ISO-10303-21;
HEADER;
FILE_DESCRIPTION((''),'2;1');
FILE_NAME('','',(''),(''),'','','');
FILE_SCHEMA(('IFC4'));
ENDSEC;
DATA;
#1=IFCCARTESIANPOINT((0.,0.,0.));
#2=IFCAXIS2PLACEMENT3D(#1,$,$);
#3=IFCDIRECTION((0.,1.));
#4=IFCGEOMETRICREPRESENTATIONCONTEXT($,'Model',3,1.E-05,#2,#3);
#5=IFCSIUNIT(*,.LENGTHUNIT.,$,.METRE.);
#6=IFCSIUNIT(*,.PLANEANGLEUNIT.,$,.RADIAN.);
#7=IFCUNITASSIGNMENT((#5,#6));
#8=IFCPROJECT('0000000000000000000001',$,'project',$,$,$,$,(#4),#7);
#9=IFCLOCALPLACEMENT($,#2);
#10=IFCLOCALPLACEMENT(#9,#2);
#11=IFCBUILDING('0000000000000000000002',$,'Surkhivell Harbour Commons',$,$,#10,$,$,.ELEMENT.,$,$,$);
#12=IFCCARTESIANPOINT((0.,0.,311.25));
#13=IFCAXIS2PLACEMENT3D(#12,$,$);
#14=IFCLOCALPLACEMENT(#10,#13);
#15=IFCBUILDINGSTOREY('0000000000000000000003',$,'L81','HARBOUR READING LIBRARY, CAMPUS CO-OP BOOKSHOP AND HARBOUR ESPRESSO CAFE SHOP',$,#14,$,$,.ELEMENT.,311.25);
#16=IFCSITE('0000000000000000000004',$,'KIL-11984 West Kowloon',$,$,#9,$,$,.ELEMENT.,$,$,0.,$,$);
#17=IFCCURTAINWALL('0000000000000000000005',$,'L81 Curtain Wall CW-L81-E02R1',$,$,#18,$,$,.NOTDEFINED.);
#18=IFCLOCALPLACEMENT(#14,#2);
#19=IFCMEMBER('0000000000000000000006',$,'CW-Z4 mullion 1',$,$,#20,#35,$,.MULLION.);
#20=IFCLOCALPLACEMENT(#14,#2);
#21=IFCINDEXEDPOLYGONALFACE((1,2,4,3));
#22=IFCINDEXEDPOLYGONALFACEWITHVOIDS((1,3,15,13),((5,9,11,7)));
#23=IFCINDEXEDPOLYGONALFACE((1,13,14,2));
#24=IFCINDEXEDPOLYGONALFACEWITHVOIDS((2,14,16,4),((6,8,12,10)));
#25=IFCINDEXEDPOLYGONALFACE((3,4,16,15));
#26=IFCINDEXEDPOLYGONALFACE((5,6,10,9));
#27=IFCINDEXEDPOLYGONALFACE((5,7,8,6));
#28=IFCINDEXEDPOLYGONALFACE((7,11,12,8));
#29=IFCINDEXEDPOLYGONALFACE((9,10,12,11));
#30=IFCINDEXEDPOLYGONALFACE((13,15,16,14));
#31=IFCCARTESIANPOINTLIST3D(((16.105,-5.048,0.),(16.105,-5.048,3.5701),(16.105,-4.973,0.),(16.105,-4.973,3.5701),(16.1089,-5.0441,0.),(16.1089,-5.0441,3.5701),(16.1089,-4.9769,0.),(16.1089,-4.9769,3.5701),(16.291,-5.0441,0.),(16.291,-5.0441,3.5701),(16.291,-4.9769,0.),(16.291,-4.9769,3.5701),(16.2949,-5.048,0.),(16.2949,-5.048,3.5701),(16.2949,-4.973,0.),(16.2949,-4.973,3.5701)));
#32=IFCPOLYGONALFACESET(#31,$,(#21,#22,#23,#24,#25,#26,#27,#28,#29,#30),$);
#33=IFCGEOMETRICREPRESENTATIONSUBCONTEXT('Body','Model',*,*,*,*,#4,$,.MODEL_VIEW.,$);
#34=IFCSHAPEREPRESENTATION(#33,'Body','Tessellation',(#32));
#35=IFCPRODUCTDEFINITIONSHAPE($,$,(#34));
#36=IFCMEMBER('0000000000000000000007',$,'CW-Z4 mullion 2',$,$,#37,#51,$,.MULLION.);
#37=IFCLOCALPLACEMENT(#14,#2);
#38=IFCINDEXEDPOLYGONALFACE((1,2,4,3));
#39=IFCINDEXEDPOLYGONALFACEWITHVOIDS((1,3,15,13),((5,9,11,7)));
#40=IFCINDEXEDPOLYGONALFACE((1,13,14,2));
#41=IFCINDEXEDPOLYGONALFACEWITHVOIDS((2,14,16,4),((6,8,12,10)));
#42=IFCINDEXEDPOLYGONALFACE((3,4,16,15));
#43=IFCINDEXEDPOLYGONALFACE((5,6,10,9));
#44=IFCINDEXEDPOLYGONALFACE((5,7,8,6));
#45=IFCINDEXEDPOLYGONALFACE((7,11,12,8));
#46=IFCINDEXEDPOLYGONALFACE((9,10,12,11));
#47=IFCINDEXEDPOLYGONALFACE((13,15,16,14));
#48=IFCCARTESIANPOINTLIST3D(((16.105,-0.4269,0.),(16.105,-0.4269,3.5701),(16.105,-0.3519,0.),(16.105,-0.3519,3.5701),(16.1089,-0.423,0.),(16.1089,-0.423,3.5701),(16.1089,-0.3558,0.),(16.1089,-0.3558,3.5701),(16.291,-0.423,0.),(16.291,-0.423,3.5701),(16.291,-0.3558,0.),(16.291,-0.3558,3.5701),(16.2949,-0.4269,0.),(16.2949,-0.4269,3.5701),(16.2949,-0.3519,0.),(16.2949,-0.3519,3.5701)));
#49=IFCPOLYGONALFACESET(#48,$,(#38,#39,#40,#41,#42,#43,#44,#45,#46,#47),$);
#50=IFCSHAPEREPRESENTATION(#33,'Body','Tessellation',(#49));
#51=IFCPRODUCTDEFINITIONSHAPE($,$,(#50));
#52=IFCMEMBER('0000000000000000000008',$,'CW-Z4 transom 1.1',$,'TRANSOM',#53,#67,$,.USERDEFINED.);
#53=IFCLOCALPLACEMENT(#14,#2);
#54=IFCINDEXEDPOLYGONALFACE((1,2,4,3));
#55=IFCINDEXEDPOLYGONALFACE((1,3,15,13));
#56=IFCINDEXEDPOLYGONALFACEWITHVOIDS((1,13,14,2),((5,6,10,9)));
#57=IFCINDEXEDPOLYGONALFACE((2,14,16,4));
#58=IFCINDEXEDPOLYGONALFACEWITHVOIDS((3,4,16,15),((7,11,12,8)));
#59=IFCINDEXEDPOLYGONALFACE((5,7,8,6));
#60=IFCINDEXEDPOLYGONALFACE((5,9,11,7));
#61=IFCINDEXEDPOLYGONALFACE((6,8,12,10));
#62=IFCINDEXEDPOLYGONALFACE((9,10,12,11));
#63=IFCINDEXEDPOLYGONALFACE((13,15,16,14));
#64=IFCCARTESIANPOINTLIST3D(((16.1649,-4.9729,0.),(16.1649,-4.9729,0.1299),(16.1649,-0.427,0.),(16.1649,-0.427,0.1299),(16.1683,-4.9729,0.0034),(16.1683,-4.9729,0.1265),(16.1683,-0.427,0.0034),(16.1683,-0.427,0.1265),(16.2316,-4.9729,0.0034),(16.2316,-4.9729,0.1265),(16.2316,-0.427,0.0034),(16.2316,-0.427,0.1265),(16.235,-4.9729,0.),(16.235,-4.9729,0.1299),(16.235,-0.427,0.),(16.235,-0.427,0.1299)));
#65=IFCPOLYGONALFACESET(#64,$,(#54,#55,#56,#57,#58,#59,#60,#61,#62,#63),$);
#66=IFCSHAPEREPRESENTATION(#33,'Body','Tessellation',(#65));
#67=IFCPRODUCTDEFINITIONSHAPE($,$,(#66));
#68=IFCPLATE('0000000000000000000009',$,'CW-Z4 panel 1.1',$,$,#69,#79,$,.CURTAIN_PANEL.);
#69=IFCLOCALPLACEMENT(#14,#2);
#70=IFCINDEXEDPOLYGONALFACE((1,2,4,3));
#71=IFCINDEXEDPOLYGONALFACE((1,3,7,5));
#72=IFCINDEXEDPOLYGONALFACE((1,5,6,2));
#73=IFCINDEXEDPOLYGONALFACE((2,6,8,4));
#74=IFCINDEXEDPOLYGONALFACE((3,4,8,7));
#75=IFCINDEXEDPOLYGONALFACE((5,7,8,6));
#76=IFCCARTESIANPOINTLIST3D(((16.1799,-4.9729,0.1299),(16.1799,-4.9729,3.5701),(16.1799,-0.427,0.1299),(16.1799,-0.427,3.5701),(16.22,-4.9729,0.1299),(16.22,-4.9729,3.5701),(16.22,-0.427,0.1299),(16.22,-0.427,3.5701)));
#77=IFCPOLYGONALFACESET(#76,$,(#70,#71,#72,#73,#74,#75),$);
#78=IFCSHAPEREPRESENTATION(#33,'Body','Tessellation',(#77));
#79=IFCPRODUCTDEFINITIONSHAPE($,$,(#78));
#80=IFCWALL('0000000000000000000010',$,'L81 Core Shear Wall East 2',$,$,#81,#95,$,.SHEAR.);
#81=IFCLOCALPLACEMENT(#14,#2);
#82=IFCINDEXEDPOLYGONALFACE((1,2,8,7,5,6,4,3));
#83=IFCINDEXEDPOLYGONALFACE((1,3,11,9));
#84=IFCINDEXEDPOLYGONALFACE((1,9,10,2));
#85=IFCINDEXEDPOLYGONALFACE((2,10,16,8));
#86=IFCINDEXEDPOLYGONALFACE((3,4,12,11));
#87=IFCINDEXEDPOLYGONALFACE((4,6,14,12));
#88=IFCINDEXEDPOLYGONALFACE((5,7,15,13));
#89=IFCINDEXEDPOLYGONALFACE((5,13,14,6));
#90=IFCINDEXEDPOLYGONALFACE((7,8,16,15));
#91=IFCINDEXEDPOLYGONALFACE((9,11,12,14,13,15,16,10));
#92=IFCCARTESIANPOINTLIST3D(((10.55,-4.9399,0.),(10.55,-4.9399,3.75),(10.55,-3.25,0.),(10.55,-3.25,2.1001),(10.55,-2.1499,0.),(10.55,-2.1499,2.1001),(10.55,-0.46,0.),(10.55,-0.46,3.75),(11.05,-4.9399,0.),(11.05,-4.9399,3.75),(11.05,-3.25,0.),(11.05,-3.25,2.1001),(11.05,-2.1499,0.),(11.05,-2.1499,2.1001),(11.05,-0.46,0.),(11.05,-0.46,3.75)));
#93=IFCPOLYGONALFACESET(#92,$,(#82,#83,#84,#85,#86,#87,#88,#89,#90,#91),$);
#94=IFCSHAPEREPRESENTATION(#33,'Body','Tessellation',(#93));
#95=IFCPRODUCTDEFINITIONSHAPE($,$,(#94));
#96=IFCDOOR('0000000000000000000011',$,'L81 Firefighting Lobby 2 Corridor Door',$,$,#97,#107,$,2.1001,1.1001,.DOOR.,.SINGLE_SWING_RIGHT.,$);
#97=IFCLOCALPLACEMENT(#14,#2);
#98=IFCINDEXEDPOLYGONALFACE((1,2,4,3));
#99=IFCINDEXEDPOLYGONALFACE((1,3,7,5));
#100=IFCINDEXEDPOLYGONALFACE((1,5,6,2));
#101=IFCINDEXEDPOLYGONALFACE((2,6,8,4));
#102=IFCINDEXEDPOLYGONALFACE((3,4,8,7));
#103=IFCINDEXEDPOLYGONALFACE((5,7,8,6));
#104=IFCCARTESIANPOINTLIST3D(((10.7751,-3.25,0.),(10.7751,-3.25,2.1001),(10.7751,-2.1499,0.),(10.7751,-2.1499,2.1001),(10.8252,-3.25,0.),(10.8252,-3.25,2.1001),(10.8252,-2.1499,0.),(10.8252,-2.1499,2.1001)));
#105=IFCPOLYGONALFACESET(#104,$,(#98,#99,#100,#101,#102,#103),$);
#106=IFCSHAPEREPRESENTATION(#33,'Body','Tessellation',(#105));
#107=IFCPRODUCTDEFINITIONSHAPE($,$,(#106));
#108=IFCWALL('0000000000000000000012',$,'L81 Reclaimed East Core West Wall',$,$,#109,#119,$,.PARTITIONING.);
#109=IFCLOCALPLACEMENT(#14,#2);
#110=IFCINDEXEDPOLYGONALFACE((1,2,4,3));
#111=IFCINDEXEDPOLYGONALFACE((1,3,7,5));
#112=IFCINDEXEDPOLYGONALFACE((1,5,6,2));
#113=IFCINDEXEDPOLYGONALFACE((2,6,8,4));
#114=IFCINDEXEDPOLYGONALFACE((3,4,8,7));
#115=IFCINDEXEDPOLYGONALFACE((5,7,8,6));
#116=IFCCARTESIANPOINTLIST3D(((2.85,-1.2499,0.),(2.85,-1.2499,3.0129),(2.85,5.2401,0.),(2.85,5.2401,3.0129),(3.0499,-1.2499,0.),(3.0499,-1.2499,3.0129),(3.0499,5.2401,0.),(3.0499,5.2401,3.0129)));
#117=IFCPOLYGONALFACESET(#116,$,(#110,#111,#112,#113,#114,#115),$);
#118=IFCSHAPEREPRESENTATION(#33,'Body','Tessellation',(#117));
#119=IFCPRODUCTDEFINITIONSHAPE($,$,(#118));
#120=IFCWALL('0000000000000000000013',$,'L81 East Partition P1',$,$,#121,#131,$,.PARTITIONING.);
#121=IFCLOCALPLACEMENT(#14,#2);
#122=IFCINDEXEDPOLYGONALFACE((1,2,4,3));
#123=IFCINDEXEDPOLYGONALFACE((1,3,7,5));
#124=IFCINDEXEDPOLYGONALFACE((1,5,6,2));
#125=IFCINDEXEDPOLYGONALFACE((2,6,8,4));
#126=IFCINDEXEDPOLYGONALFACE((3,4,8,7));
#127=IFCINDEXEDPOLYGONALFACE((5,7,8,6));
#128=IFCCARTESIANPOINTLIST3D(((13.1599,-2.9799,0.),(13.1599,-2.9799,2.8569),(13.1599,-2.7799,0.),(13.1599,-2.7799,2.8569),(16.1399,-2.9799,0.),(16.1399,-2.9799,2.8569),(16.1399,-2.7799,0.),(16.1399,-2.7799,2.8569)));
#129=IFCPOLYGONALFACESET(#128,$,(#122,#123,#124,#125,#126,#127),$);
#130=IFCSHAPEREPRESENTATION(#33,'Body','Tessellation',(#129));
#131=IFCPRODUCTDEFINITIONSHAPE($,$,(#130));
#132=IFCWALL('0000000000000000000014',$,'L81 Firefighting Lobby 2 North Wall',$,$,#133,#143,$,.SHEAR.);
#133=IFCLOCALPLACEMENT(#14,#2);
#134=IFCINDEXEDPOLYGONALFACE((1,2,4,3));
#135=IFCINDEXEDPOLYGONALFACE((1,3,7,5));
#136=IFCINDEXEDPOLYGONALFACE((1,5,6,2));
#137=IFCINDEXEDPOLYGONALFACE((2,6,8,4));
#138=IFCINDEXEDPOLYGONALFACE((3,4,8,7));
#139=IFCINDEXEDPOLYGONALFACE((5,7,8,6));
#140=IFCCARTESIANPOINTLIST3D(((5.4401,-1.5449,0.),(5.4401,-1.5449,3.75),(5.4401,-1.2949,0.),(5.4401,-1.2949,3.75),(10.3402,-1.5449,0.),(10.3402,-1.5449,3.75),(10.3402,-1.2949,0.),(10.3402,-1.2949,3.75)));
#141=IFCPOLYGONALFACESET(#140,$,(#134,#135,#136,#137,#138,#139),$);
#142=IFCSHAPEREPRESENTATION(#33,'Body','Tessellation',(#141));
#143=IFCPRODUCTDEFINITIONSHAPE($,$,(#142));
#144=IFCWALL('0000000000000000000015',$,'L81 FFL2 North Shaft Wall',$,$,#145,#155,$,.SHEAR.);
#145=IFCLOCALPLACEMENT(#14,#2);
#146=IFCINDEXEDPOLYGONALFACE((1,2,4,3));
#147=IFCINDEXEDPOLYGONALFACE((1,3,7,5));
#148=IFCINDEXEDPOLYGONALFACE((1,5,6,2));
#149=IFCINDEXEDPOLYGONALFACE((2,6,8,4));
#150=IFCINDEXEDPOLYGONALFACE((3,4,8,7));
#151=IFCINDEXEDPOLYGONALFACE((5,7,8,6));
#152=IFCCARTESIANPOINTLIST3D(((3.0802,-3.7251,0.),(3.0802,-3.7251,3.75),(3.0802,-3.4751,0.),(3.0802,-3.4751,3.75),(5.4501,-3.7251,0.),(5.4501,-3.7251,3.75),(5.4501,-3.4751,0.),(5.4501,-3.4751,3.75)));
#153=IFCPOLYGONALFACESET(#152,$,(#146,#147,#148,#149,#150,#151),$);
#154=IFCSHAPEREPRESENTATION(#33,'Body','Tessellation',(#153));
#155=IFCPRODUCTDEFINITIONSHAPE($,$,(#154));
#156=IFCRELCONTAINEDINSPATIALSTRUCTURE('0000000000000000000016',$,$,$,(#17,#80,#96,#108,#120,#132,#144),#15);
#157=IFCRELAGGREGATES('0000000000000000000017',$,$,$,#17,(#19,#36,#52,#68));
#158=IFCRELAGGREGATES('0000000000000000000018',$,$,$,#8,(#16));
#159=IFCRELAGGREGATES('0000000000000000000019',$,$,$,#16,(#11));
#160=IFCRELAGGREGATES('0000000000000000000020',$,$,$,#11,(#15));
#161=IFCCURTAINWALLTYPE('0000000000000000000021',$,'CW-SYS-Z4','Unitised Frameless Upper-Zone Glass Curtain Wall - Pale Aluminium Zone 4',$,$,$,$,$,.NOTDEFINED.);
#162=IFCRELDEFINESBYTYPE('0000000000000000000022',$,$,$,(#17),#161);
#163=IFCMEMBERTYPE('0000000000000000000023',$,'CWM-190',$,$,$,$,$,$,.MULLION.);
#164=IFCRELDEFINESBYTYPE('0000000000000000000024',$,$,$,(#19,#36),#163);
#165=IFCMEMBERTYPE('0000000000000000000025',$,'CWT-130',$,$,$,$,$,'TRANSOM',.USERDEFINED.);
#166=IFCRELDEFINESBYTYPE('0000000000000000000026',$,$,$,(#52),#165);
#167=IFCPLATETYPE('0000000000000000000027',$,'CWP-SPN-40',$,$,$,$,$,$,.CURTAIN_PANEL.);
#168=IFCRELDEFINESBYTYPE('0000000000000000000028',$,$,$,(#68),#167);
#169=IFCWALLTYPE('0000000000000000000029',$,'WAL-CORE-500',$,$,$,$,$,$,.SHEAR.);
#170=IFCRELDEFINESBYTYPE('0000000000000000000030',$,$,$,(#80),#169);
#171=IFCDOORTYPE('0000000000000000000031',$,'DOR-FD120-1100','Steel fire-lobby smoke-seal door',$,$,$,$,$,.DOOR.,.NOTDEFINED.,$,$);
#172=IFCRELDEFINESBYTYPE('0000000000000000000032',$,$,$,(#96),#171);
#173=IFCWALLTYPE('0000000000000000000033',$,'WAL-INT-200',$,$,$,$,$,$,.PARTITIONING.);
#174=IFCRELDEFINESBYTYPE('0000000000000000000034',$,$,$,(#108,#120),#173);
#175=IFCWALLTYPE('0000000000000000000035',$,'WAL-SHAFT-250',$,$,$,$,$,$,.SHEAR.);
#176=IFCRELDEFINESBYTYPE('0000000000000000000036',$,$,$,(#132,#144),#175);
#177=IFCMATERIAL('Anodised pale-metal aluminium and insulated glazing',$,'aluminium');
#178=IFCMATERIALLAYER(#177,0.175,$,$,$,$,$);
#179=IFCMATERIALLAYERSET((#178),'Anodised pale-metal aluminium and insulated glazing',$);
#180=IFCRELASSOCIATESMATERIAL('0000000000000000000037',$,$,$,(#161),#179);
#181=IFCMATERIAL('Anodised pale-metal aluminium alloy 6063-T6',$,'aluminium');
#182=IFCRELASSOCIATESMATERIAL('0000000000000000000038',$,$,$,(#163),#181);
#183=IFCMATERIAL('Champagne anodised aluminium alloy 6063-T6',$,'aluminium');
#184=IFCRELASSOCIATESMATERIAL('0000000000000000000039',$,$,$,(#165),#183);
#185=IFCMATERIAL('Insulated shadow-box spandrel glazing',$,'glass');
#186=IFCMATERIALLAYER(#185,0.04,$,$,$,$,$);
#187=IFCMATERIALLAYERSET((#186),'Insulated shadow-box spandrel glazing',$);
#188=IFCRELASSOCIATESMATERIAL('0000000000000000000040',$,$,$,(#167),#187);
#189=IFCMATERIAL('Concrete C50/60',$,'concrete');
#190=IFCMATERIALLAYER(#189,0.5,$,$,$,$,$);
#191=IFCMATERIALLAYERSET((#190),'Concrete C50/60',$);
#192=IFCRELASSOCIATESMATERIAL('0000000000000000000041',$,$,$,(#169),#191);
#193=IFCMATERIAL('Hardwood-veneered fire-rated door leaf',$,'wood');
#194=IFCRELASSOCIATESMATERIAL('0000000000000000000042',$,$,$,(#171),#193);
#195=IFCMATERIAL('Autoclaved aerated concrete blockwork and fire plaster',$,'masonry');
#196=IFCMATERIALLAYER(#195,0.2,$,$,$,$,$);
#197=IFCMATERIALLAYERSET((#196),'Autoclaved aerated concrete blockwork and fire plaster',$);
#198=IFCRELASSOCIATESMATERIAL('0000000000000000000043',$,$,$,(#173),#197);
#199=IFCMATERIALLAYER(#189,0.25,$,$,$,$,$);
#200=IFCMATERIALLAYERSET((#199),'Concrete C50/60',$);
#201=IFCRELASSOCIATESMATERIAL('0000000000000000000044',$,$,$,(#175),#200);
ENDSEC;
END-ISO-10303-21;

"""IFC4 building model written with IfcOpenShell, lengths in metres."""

from ifc_helpers import new_model, si_unit, direction, frame, frame_2d, origin, origin_2d, place, context, subcontext, project, spatial, rectangle, hollow_rectangle, extrude, material, layer, layer_set, material_profile, profile_set, type_object, element, fill, aggregate, save


model = new_model("IFC4")

# Units and contexts
model_context = context("Model", 3, precision=1e-05, world=origin(), true_north=direction((0.0, 1.0)))
body_context = subcontext(model_context, "Body", "Model", "MODEL_VIEW")
ifc_project = project(units=[si_unit("LENGTHUNIT", "METRE"), si_unit("PLANEANGLEUNIT", "RADIAN")], contexts=[model_context])

# Site, building, storey
site_placement = place(None, origin())
site = spatial("IfcSite", under=ifc_project, at=site_placement, Name="KIL-11984 West Kowloon", CompositionType="ELEMENT", RefElevation=0.0)
building_placement = place(site_placement, origin())
building = spatial("IfcBuilding", under=site, at=building_placement, Name="Surkhivell Harbour Commons", CompositionType="ELEMENT")
storey_placement = place(building_placement, frame((0.0, 0.0, 311.25)))
storey = spatial("IfcBuildingStorey", under=building, at=storey_placement, Name="L81", Description="HARBOUR READING LIBRARY, CAMPUS CO-OP BOOKSHOP AND HARBOUR ESPRESSO CAFE SHOP", CompositionType="ELEMENT", Elevation=311.25)

# Shared definitions
ifc_material_1 = material(Name="Concrete C50/60", Category="concrete")

# Shared definitions
ifc_material_2 = material(Name="Anodised pale-metal aluminium and insulated glazing", Category="aluminium")
ifc_layer_1 = layer(ifc_material_2, 0.175)
ifc_layer_set_1 = layer_set([ifc_layer_1], Name="Anodised pale-metal aluminium and insulated glazing")
curtain_wall_type = type_object("IfcCurtainWallType", Name="CW-SYS-Z4", Description="Unitised Frameless Upper-Zone Glass Curtain Wall - Pale Aluminium Zone 4", PredefinedType="NOTDEFINED", material=ifc_layer_set_1)
ifc_material_3 = material(Name="Anodised pale-metal aluminium alloy 6063-T6", Category="aluminium")
ifc_material_profile_1 = material_profile(ifc_material_3, hollow_rectangle(XDim=0.075, YDim=0.1899, WallThickness=0.0039, at=origin_2d()), Name="ALU-MULL-75x190")
ifc_profile_set_1 = profile_set([ifc_material_profile_1], Name="Anodised pale-metal aluminium alloy 6063-T6")
member_type_1 = type_object("IfcMemberType", Name="CWM-190", PredefinedType="MULLION", material=ifc_profile_set_1)

# Curtain wall, members, plate
curtain_wall_1_placement = place(storey_placement, origin())
curtain_wall_1 = element("IfcCurtainWall", 1, at=curtain_wall_1_placement, inside=storey, type_object=curtain_wall_type, Name="L81 Curtain Wall CW-L81-E02R1", PredefinedType="NOTDEFINED")
member_1_placement = place(storey_placement, frame((16.2, -5.0105, 0.0), z_axis=(0.0, 0.0, 1.0), x_axis=(0.0, 1.0, 0.0)))
member_1 = element("IfcMember", 2, at=member_1_placement, type_object=member_type_1, Name="CW-Z4 mullion 1", PredefinedType="MULLION", context=body_context, shape_type="SweptSolid", body=[
    extrude(hollow_rectangle(XDim=0.075, YDim=0.1899, WallThickness=0.0039, at=origin_2d()), origin(), (0.0, 0.0, 1.0), 3.5701),
])
member_2_placement = place(storey_placement, frame((16.2, -0.3894, 0.0), z_axis=(0.0, 0.0, 1.0), x_axis=(0.0, 1.0, 0.0)))
member_2 = element("IfcMember", 3, at=member_2_placement, type_object=member_type_1, Name="CW-Z4 mullion 2", PredefinedType="MULLION", context=body_context, shape_type="SweptSolid", body=[
    extrude(hollow_rectangle(XDim=0.075, YDim=0.1899, WallThickness=0.0039, at=origin_2d()), origin(), (0.0, 0.0, 1.0), 3.5701),
])
ifc_material_4 = material(Name="Champagne anodised aluminium alloy 6063-T6", Category="aluminium")
ifc_material_profile_2 = material_profile(ifc_material_4, hollow_rectangle(XDim=0.0701, YDim=0.1299, WallThickness=0.0034, at=origin_2d()), Name="ALU-TRAN-70x130")
ifc_profile_set_2 = profile_set([ifc_material_profile_2], Name="Champagne anodised aluminium alloy 6063-T6")
member_type_2 = type_object("IfcMemberType", Name="CWT-130", ElementType="TRANSOM", PredefinedType="USERDEFINED", material=ifc_profile_set_2)
member_3_placement = place(storey_placement, frame((16.2, -4.9729, 0.0649), z_axis=(0.0, 1.0, 0.0), x_axis=(-1.0, 0.0, 0.0)))
member_3 = element("IfcMember", 4, at=member_3_placement, type_object=member_type_2, Name="CW-Z4 transom 1.1", ObjectType="TRANSOM", PredefinedType="USERDEFINED", context=body_context, shape_type="SweptSolid", body=[
    extrude(hollow_rectangle(XDim=0.0701, YDim=0.1299, WallThickness=0.0034, at=origin_2d()), origin(), (0.0, 0.0, 1.0), 4.5459),
])
ifc_material_5 = material(Name="Insulated shadow-box spandrel glazing", Category="glass")
ifc_layer_2 = layer(ifc_material_5, 0.04)
ifc_layer_set_2 = layer_set([ifc_layer_2], Name="Insulated shadow-box spandrel glazing")
plate_type = type_object("IfcPlateType", Name="CWP-SPN-40", PredefinedType="CURTAIN_PANEL", material=ifc_layer_set_2)
plate_placement = place(storey_placement, frame((16.2, -4.9729, 0.1299), z_axis=(0.0, 0.0, 1.0), x_axis=(0.0, 1.0, 0.0)))
plate = element("IfcPlate", 5, at=plate_placement, type_object=plate_type, Name="CW-Z4 panel 1.1", PredefinedType="CURTAIN_PANEL", context=body_context, shape_type="SweptSolid", body=[
    extrude(rectangle(XDim=4.5459, YDim=0.04, at=frame_2d((2.2729, 0.0))), origin(), (0.0, 0.0, 1.0), 3.4402),
])
aggregate(curtain_wall_1, [member_1, member_2, member_3, plate])

# Wall, opening, door
ifc_layer_3 = layer(ifc_material_1, 0.5)
ifc_layer_set_3 = layer_set([ifc_layer_3], Name="Concrete C50/60")
wall_type_1 = type_object("IfcWallType", Name="WAL-CORE-500", PredefinedType="SHEAR", material=ifc_layer_set_3)
wall_1_placement = place(storey_placement, frame((10.8, -4.9399, 0.0), z_axis=(0.0, 0.0, 1.0), x_axis=(0.0, 1.0, 0.0)))
wall_1 = element("IfcWall", 6, at=wall_1_placement, inside=storey, type_object=wall_type_1, Name="L81 Core Shear Wall East 2", PredefinedType="SHEAR", context=body_context, shape_type="SweptSolid", body=[
    extrude(rectangle(XDim=4.48, YDim=0.5, at=frame_2d((2.24, 0.0))), origin(), (0.0, 0.0, 1.0), 3.75),
])
opening_1_placement = place(wall_1_placement, frame((1.6899, 0.0, 0.0)))
opening_1 = element("IfcOpeningElement", 7, at=opening_1_placement, cuts=wall_1, PredefinedType="OPENING", context=body_context, shape_type="SweptSolid", body=[
    extrude(rectangle(XDim=1.1001, YDim=2.1001, at=frame_2d((0.55, 1.05))), frame((0.0, 0.26, 0.0), z_axis=(0.0, -1.0, 0.0), x_axis=(1.0, 0.0, 0.0)), (0.0, 0.0, 1.0), 0.52),
])
ifc_material_6 = material(Name="Hardwood-veneered fire-rated door leaf", Category="wood")
door_type_1 = type_object("IfcDoorType", Name="DOR-FD120-1100", Description="Steel fire-lobby smoke-seal door", OperationType="NOTDEFINED", PredefinedType="DOOR", material=ifc_material_6)
door_1_placement = place(opening_1_placement, origin())
door_1 = element("IfcDoor", 8, at=door_1_placement, inside=storey, type_object=door_type_1, Name="L81 Firefighting Lobby 2 Corridor Door", OperationType="SINGLE_SWING_RIGHT", OverallHeight=2.1001, OverallWidth=1.1001, PredefinedType="DOOR", context=body_context, shape_type="SweptSolid", body=[
    extrude(rectangle(XDim=1.1001, YDim=2.1001, at=frame_2d((0.55, 1.05))), frame((0.0, 0.0249, 0.0), z_axis=(0.0, -1.0, 0.0), x_axis=(1.0, 0.0, 0.0)), (0.0, 0.0, 1.0), 0.05),
])
fill(opening_1, door_1)

# Walls
ifc_material_7 = material(Name="Autoclaved aerated concrete blockwork and fire plaster", Category="masonry")
ifc_layer_4 = layer(ifc_material_7, 0.2)
ifc_layer_set_4 = layer_set([ifc_layer_4], Name="Autoclaved aerated concrete blockwork and fire plaster")
wall_type_2 = type_object("IfcWallType", Name="WAL-INT-200", PredefinedType="PARTITIONING", material=ifc_layer_set_4)
wall_2_placement = place(storey_placement, frame((2.95, -1.25, 0.0), z_axis=(0.0, 0.0, 1.0), x_axis=(0.0, 1.0, 0.0)))
element("IfcWall", 9, at=wall_2_placement, inside=storey, type_object=wall_type_2, Name="L81 Reclaimed East Core West Wall", PredefinedType="PARTITIONING", context=body_context, shape_type="SweptSolid", body=[
    extrude(rectangle(XDim=6.49, YDim=0.2, at=frame_2d((3.2451, 0.0))), origin(), (0.0, 0.0, 1.0), 3.0129),
])
wall_3_placement = place(storey_placement, frame((13.1599, -2.8799, 0.0), z_axis=(0.0, 0.0, 1.0), x_axis=(1.0, 0.0, 0.0)))
element("IfcWall", 10, at=wall_3_placement, inside=storey, type_object=wall_type_2, Name="L81 East Partition P1", PredefinedType="PARTITIONING", context=body_context, shape_type="SweptSolid", body=[
    extrude(rectangle(XDim=2.98, YDim=0.2, at=frame_2d((1.49, 0.0))), origin(), (0.0, 0.0, 1.0), 2.8569),
])
ifc_layer_5 = layer(ifc_material_1, 0.25)
ifc_layer_set_5 = layer_set([ifc_layer_5], Name="Concrete C50/60")
wall_type_3 = type_object("IfcWallType", Name="WAL-SHAFT-250", PredefinedType="SHEAR", material=ifc_layer_set_5)
wall_4_placement = place(storey_placement, frame((5.4399, -1.4199, 0.0), z_axis=(0.0, 0.0, 1.0), x_axis=(1.0, 0.0, 0.0)))
element("IfcWall", 11, at=wall_4_placement, inside=storey, type_object=wall_type_3, Name="L81 Firefighting Lobby 2 North Wall", PredefinedType="SHEAR", context=body_context, shape_type="SweptSolid", body=[
    extrude(rectangle(XDim=4.9001, YDim=0.25, at=frame_2d((2.4502, 0.0))), origin(), (0.0, 0.0, 1.0), 3.75),
])
wall_5_placement = place(storey_placement, frame((3.0801, -3.6001, 0.0), z_axis=(0.0, 0.0, 1.0), x_axis=(1.0, 0.0, 0.0)))
element("IfcWall", 12, at=wall_5_placement, inside=storey, type_object=wall_type_3, Name="L81 FFL2 North Shaft Wall", PredefinedType="SHEAR", context=body_context, shape_type="SweptSolid", body=[
    extrude(rectangle(XDim=2.3699, YDim=0.25, at=frame_2d((1.1851, 0.0))), origin(), (0.0, 0.0, 1.0), 3.75),
])

save(model, "model.ifc")
